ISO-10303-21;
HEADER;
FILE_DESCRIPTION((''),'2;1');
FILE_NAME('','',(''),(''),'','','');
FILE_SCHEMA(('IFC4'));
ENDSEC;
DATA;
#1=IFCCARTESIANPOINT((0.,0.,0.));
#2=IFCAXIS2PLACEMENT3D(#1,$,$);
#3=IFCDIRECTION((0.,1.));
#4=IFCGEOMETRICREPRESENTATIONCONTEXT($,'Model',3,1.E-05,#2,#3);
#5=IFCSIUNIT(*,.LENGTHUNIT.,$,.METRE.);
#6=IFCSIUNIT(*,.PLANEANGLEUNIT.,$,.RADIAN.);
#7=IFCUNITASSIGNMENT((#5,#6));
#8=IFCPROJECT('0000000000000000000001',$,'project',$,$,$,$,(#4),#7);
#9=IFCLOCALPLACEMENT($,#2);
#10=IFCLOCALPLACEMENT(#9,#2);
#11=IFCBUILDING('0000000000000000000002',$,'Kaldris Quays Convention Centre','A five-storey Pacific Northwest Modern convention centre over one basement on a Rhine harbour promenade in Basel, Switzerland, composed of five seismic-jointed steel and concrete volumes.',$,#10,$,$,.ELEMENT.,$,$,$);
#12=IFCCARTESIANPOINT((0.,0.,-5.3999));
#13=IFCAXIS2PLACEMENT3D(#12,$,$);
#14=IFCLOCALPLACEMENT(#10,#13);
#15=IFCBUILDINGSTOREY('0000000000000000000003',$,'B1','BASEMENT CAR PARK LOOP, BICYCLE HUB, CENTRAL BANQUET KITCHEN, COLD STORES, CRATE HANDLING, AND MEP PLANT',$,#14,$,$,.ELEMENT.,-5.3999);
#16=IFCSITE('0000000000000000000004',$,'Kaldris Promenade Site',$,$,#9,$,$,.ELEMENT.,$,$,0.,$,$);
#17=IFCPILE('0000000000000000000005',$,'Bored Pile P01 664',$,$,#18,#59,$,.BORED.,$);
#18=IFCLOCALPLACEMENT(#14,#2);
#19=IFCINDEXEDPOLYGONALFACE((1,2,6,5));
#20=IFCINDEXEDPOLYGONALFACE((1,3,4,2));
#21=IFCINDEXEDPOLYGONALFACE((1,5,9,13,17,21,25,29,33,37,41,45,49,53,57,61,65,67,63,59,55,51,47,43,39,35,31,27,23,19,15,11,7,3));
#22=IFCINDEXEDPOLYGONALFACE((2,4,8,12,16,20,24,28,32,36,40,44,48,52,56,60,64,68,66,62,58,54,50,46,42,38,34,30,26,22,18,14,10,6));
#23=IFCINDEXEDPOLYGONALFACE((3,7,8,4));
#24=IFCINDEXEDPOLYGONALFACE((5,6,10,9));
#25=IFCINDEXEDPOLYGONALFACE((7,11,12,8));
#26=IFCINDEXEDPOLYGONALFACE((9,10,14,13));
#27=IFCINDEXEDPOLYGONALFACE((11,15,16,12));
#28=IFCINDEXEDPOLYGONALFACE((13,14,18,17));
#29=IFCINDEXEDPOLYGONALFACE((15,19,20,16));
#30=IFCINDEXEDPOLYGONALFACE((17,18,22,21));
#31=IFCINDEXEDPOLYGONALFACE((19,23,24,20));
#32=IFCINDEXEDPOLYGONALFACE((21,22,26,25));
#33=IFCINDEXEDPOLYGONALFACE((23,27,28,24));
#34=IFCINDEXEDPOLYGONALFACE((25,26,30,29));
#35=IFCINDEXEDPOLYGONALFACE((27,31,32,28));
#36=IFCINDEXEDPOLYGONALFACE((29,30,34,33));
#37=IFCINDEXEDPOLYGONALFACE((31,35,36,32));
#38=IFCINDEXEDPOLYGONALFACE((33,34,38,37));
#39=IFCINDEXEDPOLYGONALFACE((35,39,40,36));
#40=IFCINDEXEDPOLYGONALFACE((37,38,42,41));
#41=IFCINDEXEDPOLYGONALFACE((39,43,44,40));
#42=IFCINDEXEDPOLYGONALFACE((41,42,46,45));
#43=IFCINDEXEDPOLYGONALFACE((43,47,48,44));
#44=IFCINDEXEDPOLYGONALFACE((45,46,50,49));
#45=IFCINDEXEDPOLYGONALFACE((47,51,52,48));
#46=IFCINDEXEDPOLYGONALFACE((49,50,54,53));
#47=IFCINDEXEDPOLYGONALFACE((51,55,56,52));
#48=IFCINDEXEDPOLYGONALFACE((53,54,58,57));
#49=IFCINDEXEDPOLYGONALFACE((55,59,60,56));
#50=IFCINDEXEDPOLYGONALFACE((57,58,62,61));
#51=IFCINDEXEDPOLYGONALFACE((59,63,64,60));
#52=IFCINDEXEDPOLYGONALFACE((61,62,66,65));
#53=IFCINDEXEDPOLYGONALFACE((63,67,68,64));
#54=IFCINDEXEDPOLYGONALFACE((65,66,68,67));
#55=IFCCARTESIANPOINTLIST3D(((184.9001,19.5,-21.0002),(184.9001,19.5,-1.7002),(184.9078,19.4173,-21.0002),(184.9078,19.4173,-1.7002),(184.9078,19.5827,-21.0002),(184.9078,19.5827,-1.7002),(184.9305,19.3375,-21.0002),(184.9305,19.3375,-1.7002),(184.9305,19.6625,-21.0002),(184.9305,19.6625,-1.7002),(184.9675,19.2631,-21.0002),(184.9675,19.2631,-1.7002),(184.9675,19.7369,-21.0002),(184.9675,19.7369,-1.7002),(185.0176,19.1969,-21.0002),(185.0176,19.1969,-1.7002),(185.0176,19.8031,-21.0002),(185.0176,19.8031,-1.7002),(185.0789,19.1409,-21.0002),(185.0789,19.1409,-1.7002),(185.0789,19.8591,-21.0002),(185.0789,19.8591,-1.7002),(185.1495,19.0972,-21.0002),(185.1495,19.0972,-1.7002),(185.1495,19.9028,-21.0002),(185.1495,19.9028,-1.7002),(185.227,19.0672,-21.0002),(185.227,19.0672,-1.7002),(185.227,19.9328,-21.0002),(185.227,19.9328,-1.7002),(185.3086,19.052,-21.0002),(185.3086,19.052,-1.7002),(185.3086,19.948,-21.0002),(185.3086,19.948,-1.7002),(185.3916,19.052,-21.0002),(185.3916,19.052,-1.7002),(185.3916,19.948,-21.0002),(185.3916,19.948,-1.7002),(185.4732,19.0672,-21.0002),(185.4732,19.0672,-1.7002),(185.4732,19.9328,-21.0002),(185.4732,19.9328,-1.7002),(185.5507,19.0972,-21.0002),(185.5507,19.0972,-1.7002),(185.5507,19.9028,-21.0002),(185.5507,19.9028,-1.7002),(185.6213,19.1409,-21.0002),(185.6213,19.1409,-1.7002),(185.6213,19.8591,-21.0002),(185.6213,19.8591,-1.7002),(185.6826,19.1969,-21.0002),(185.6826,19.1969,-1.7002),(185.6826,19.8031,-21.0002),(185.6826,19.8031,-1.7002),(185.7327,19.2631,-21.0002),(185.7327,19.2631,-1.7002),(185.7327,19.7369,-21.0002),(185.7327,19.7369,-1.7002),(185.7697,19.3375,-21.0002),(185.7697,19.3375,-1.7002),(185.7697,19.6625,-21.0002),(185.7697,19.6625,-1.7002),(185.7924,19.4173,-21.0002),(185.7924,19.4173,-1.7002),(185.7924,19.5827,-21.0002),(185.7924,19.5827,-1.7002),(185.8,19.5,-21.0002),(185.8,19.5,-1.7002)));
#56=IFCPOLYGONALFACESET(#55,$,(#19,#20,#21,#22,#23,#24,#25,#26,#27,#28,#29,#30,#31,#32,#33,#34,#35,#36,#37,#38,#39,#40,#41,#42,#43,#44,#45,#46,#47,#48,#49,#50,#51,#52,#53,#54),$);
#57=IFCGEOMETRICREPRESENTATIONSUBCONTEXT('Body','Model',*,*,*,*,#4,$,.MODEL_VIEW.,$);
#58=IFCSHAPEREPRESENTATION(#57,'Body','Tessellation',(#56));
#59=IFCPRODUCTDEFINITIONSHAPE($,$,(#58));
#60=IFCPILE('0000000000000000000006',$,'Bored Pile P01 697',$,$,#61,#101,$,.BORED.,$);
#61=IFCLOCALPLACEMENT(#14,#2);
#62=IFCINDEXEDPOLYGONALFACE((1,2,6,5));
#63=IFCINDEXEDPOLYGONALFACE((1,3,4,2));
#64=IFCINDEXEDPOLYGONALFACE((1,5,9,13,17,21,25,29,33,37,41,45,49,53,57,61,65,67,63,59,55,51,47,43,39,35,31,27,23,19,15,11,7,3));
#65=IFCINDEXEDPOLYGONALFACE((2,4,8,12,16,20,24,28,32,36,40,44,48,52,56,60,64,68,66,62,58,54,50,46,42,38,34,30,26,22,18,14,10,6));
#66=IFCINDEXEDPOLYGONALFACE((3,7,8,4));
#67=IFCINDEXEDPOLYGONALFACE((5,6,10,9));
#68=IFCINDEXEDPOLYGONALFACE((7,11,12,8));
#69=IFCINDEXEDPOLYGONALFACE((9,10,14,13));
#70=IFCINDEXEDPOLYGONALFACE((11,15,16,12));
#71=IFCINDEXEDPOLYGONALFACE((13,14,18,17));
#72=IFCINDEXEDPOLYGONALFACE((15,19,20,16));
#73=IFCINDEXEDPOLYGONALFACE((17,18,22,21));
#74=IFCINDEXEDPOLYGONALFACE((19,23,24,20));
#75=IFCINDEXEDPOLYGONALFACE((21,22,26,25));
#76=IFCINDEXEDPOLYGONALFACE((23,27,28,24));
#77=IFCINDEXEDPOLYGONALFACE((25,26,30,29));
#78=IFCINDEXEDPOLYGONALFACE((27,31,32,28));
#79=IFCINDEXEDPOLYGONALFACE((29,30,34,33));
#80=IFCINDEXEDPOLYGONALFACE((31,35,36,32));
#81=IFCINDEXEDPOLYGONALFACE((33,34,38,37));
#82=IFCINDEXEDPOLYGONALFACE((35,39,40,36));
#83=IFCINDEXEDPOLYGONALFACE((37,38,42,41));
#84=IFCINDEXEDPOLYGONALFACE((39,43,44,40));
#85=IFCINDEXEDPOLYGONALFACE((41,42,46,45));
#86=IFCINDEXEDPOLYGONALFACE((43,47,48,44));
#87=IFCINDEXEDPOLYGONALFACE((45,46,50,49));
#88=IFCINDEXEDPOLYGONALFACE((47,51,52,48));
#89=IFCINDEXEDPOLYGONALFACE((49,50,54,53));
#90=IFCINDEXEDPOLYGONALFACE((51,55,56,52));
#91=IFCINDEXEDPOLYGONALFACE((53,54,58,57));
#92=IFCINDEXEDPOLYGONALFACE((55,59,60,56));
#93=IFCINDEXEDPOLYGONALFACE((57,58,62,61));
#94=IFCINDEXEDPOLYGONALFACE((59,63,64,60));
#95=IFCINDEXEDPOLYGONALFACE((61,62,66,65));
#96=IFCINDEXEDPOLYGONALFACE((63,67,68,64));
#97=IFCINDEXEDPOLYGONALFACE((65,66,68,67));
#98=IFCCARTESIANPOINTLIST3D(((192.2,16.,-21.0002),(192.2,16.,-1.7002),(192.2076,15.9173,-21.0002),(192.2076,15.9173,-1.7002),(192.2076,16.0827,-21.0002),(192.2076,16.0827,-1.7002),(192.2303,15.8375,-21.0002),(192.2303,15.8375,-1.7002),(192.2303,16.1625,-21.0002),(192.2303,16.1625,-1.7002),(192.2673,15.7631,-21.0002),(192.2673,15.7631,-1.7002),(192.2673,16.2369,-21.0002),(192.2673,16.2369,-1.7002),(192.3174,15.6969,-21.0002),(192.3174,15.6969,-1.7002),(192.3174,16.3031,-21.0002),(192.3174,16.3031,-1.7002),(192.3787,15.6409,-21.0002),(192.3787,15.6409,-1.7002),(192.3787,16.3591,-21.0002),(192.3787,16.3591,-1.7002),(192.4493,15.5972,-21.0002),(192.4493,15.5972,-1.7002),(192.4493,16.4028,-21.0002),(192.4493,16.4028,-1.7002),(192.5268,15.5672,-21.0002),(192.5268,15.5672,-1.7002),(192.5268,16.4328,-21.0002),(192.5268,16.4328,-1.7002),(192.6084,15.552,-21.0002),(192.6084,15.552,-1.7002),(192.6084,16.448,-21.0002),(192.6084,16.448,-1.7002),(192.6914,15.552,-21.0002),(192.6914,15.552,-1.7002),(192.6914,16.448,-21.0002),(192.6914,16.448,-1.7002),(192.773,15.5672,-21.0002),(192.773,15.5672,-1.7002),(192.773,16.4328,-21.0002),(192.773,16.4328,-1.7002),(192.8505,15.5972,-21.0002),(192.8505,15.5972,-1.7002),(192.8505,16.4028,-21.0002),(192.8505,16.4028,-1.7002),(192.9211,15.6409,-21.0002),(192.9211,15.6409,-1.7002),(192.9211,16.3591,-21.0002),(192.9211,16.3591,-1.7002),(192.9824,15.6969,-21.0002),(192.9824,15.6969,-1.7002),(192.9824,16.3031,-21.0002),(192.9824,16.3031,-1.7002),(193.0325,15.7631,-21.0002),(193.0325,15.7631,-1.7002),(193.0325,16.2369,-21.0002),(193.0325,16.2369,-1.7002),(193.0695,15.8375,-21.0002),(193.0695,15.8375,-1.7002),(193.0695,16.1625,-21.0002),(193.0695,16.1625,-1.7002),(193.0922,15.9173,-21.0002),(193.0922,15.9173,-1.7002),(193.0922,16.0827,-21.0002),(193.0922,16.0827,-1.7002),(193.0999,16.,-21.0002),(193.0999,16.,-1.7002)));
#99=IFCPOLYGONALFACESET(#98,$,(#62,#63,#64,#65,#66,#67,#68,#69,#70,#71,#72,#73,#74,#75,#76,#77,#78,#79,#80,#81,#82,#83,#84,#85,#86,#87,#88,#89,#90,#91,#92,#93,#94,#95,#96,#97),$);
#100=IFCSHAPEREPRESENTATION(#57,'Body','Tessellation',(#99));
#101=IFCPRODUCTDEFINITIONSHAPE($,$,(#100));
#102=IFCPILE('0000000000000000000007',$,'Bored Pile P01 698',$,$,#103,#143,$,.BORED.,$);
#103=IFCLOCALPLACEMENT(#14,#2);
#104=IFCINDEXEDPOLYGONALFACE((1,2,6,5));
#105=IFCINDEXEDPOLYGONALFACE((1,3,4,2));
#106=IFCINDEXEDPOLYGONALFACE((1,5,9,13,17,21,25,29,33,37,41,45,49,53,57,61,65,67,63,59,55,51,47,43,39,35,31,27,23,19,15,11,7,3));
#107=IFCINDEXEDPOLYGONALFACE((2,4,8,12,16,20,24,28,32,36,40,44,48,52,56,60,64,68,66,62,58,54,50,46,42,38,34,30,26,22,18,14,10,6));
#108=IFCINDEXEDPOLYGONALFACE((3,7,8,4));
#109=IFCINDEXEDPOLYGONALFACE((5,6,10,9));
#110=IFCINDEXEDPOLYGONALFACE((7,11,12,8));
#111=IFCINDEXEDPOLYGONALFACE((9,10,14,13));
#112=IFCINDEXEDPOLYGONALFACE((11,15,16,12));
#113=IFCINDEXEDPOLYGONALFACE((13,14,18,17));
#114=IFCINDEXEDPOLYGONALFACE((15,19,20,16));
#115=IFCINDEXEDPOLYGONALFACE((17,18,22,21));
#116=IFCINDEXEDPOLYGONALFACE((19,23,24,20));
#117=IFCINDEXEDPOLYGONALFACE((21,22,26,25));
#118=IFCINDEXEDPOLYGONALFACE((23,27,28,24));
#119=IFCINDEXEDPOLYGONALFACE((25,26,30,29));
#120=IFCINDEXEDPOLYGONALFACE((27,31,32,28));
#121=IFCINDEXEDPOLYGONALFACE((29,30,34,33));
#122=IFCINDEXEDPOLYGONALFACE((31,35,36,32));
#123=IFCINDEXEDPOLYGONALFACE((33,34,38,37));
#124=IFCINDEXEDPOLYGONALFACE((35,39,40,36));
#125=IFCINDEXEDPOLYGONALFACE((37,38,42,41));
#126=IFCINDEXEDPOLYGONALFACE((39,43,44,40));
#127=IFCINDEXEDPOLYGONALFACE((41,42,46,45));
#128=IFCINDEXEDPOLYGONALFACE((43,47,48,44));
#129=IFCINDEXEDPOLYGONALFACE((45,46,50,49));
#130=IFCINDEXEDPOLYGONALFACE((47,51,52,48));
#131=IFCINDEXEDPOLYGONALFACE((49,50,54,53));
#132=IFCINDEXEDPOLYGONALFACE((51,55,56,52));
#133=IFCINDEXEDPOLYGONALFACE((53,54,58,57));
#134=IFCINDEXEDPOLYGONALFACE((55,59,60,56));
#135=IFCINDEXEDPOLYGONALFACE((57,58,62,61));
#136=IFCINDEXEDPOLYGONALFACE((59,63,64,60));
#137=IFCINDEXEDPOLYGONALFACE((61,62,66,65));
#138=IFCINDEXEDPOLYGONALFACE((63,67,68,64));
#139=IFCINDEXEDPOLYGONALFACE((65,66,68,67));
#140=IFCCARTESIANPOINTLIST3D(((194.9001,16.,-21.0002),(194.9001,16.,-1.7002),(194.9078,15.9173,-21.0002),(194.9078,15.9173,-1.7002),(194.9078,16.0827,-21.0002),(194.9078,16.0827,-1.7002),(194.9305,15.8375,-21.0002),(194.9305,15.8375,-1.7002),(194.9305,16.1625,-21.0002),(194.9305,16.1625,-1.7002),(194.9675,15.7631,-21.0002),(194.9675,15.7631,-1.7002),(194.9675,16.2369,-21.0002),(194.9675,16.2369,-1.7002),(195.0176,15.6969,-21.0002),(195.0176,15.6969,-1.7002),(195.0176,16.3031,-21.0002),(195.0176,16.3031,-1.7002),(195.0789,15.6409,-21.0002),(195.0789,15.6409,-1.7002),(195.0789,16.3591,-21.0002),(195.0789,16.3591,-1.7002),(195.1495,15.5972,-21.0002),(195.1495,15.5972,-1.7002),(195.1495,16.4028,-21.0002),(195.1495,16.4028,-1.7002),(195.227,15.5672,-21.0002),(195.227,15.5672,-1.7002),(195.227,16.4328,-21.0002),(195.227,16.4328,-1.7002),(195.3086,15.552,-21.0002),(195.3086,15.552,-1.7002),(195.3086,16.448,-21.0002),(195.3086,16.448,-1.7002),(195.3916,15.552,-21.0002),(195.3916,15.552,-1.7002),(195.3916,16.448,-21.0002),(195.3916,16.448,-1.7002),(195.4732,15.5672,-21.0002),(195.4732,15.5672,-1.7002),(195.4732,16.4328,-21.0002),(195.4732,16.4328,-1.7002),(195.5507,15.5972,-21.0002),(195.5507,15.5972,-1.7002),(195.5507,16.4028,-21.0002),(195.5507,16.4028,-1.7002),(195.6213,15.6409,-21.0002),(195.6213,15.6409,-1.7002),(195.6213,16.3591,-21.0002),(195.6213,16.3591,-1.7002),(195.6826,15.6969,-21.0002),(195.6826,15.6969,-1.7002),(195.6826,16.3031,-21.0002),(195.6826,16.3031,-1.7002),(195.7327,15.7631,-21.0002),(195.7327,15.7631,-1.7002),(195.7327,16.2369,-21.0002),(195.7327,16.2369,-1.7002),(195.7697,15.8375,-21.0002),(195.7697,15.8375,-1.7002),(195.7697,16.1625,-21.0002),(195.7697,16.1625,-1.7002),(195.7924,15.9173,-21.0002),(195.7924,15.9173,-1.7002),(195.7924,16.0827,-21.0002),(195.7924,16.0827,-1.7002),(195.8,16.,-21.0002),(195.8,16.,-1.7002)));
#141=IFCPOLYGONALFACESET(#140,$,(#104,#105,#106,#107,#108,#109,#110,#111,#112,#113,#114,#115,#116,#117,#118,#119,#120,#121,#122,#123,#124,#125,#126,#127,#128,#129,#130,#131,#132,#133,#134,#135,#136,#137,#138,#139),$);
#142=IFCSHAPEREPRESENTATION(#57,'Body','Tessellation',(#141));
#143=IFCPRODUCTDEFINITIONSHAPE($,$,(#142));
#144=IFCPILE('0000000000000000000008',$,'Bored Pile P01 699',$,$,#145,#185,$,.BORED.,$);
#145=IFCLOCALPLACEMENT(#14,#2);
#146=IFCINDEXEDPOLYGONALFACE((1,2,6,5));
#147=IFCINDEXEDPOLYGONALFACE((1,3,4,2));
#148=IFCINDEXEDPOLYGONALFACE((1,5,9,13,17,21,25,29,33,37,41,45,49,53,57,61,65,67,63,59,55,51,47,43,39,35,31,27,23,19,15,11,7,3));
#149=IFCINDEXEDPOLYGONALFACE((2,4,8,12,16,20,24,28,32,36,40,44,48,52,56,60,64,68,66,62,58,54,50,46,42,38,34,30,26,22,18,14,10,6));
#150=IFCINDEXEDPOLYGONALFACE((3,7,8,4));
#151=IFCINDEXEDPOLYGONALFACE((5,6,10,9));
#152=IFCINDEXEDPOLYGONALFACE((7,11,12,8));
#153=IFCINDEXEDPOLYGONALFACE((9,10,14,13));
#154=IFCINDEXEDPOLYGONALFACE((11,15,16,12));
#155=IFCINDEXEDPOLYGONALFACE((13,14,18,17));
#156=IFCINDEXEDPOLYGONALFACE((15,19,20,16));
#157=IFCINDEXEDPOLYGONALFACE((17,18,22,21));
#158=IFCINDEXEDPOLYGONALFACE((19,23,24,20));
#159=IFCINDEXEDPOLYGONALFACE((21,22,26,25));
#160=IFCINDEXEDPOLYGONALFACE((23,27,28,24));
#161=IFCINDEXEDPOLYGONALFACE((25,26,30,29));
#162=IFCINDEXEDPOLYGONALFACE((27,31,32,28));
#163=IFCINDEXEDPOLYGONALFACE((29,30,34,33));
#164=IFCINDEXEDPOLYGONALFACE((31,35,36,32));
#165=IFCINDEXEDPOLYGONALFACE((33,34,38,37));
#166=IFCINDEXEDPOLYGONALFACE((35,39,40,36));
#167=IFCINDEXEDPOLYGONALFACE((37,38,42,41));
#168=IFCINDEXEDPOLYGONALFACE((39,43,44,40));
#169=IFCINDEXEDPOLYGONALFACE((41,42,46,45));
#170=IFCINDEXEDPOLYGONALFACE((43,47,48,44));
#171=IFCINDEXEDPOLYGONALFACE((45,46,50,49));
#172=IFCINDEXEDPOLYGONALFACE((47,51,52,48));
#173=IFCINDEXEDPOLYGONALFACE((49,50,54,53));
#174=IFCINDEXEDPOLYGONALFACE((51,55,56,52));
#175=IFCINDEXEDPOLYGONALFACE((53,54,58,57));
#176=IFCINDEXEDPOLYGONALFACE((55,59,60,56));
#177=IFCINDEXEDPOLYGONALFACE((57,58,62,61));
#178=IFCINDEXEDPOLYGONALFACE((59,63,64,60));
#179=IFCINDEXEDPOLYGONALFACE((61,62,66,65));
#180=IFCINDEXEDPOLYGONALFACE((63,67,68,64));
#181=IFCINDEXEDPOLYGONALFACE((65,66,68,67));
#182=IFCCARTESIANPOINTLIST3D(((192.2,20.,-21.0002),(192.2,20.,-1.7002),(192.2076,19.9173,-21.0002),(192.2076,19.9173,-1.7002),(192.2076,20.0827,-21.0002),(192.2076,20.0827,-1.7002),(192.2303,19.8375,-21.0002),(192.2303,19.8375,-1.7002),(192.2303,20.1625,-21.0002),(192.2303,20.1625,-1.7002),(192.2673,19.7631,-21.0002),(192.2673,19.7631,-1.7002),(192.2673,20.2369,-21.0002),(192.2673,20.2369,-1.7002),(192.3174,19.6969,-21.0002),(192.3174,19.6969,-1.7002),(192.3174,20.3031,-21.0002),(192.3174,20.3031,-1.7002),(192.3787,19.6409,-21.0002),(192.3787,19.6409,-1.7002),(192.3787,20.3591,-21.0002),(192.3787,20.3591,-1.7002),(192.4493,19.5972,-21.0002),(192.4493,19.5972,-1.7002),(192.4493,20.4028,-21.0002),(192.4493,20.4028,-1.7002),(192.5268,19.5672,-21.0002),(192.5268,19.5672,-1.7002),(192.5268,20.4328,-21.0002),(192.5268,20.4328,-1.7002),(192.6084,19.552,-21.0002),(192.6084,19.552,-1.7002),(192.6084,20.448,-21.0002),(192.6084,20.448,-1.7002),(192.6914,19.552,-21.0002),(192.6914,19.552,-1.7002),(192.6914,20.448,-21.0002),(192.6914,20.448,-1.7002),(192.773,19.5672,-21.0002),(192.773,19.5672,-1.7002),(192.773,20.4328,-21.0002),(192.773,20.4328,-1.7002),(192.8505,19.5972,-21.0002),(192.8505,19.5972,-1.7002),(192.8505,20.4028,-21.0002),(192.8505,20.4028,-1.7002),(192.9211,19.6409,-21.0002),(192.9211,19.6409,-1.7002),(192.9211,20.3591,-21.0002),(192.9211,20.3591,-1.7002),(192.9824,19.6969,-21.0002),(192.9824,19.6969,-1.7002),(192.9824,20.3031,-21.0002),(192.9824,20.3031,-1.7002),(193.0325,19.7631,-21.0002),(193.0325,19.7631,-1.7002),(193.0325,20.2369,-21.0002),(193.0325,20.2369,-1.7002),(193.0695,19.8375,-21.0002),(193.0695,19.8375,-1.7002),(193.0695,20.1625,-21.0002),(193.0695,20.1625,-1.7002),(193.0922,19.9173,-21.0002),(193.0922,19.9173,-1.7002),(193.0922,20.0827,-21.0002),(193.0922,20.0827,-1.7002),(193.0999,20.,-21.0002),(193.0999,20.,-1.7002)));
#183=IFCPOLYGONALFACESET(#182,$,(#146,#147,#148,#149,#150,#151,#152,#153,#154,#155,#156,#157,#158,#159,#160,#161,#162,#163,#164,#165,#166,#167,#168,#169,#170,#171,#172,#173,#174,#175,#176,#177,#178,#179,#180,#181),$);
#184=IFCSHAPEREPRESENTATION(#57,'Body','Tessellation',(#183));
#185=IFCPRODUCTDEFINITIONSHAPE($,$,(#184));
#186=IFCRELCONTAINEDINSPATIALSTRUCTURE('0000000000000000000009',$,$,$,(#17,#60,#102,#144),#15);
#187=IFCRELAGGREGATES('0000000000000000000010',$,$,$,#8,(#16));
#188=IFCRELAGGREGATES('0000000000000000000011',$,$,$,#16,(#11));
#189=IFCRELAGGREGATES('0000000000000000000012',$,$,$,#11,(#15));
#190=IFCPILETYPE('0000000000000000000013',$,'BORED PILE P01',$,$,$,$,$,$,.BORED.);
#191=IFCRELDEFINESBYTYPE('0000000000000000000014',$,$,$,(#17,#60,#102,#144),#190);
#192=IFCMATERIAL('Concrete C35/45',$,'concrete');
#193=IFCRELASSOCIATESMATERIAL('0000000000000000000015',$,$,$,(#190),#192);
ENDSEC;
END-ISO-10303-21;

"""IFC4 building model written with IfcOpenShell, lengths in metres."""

from ifc_helpers import new_model, si_unit, direction, frame, origin, origin_2d, place, context, subcontext, project, spatial, circle, extrude, material, material_profile, profile_set, type_object, element, save


model = new_model("IFC4")

# Units and contexts
model_context = context("Model", 3, precision=1e-05, world=origin(), true_north=direction((0.0, 1.0)))
body_context = subcontext(model_context, "Body", "Model", "MODEL_VIEW")
ifc_project = project(units=[si_unit("LENGTHUNIT", "METRE"), si_unit("PLANEANGLEUNIT", "RADIAN")], contexts=[model_context])

# Site, building, storey
site_placement = place(None, origin())
site = spatial("IfcSite", under=ifc_project, at=site_placement, Name="Kaldris Promenade Site", CompositionType="ELEMENT", RefElevation=0.0)
building_placement = place(site_placement, origin())
building = spatial("IfcBuilding", under=site, at=building_placement, Name="Kaldris Quays Convention Centre", Description="A five-storey Pacific Northwest Modern convention centre over one basement on a Rhine harbour promenade in Basel, Switzerland, composed of five seismic-jointed steel and concrete volumes.", CompositionType="ELEMENT")
storey_placement = place(building_placement, frame((0.0, 0.0, -5.3999)))
storey = spatial("IfcBuildingStorey", under=building, at=storey_placement, Name="B1", Description="BASEMENT CAR PARK LOOP, BICYCLE HUB, CENTRAL BANQUET KITCHEN, COLD STORES, CRATE HANDLING, AND MEP PLANT", CompositionType="ELEMENT", Elevation=-5.3999)

# Piles
ifc_material_1 = material(Name="Concrete C35/45", Category="concrete")
ifc_material_profile_1 = material_profile(ifc_material_1, circle(Radius=0.45, at=origin_2d()), Name="BORED PILE D900")
ifc_profile_set_1 = profile_set([ifc_material_profile_1], Name="Concrete C35/45")
pile_type = type_object("IfcPileType", Name="BORED PILE P01", PredefinedType="BORED", material=ifc_profile_set_1)
for number, where, z_axis, x_axis, name in (
    (1, (185.3501, 19.5, -1.7002), (0.0, 0.0, -1.0), (1.0, 0.0, 0.0), "Bored Pile P01 664"),
    (2, (192.6499, 16.0, -1.7002), (0.0, 0.0, -1.0), (1.0, 0.0, 0.0), "Bored Pile P01 697"),
    (3, (195.3501, 16.0, -1.7002), (0.0, 0.0, -1.0), (1.0, 0.0, 0.0), "Bored Pile P01 698"),
    (4, (192.6499, 20.0, -1.7002), (0.0, 0.0, -1.0), (1.0, 0.0, 0.0), "Bored Pile P01 699"),
):
    element("IfcPile", number, at=place(storey_placement, frame(where, z_axis=z_axis, x_axis=x_axis)), inside=storey, type_object=pile_type, Name=name, PredefinedType="BORED", context=body_context, shape_type="SweptSolid", body=[
        extrude(circle(Radius=0.45, at=origin_2d()), origin(), (0.0, 0.0, 1.0), 19.3),
    ])

save(model, "model.ifc")
